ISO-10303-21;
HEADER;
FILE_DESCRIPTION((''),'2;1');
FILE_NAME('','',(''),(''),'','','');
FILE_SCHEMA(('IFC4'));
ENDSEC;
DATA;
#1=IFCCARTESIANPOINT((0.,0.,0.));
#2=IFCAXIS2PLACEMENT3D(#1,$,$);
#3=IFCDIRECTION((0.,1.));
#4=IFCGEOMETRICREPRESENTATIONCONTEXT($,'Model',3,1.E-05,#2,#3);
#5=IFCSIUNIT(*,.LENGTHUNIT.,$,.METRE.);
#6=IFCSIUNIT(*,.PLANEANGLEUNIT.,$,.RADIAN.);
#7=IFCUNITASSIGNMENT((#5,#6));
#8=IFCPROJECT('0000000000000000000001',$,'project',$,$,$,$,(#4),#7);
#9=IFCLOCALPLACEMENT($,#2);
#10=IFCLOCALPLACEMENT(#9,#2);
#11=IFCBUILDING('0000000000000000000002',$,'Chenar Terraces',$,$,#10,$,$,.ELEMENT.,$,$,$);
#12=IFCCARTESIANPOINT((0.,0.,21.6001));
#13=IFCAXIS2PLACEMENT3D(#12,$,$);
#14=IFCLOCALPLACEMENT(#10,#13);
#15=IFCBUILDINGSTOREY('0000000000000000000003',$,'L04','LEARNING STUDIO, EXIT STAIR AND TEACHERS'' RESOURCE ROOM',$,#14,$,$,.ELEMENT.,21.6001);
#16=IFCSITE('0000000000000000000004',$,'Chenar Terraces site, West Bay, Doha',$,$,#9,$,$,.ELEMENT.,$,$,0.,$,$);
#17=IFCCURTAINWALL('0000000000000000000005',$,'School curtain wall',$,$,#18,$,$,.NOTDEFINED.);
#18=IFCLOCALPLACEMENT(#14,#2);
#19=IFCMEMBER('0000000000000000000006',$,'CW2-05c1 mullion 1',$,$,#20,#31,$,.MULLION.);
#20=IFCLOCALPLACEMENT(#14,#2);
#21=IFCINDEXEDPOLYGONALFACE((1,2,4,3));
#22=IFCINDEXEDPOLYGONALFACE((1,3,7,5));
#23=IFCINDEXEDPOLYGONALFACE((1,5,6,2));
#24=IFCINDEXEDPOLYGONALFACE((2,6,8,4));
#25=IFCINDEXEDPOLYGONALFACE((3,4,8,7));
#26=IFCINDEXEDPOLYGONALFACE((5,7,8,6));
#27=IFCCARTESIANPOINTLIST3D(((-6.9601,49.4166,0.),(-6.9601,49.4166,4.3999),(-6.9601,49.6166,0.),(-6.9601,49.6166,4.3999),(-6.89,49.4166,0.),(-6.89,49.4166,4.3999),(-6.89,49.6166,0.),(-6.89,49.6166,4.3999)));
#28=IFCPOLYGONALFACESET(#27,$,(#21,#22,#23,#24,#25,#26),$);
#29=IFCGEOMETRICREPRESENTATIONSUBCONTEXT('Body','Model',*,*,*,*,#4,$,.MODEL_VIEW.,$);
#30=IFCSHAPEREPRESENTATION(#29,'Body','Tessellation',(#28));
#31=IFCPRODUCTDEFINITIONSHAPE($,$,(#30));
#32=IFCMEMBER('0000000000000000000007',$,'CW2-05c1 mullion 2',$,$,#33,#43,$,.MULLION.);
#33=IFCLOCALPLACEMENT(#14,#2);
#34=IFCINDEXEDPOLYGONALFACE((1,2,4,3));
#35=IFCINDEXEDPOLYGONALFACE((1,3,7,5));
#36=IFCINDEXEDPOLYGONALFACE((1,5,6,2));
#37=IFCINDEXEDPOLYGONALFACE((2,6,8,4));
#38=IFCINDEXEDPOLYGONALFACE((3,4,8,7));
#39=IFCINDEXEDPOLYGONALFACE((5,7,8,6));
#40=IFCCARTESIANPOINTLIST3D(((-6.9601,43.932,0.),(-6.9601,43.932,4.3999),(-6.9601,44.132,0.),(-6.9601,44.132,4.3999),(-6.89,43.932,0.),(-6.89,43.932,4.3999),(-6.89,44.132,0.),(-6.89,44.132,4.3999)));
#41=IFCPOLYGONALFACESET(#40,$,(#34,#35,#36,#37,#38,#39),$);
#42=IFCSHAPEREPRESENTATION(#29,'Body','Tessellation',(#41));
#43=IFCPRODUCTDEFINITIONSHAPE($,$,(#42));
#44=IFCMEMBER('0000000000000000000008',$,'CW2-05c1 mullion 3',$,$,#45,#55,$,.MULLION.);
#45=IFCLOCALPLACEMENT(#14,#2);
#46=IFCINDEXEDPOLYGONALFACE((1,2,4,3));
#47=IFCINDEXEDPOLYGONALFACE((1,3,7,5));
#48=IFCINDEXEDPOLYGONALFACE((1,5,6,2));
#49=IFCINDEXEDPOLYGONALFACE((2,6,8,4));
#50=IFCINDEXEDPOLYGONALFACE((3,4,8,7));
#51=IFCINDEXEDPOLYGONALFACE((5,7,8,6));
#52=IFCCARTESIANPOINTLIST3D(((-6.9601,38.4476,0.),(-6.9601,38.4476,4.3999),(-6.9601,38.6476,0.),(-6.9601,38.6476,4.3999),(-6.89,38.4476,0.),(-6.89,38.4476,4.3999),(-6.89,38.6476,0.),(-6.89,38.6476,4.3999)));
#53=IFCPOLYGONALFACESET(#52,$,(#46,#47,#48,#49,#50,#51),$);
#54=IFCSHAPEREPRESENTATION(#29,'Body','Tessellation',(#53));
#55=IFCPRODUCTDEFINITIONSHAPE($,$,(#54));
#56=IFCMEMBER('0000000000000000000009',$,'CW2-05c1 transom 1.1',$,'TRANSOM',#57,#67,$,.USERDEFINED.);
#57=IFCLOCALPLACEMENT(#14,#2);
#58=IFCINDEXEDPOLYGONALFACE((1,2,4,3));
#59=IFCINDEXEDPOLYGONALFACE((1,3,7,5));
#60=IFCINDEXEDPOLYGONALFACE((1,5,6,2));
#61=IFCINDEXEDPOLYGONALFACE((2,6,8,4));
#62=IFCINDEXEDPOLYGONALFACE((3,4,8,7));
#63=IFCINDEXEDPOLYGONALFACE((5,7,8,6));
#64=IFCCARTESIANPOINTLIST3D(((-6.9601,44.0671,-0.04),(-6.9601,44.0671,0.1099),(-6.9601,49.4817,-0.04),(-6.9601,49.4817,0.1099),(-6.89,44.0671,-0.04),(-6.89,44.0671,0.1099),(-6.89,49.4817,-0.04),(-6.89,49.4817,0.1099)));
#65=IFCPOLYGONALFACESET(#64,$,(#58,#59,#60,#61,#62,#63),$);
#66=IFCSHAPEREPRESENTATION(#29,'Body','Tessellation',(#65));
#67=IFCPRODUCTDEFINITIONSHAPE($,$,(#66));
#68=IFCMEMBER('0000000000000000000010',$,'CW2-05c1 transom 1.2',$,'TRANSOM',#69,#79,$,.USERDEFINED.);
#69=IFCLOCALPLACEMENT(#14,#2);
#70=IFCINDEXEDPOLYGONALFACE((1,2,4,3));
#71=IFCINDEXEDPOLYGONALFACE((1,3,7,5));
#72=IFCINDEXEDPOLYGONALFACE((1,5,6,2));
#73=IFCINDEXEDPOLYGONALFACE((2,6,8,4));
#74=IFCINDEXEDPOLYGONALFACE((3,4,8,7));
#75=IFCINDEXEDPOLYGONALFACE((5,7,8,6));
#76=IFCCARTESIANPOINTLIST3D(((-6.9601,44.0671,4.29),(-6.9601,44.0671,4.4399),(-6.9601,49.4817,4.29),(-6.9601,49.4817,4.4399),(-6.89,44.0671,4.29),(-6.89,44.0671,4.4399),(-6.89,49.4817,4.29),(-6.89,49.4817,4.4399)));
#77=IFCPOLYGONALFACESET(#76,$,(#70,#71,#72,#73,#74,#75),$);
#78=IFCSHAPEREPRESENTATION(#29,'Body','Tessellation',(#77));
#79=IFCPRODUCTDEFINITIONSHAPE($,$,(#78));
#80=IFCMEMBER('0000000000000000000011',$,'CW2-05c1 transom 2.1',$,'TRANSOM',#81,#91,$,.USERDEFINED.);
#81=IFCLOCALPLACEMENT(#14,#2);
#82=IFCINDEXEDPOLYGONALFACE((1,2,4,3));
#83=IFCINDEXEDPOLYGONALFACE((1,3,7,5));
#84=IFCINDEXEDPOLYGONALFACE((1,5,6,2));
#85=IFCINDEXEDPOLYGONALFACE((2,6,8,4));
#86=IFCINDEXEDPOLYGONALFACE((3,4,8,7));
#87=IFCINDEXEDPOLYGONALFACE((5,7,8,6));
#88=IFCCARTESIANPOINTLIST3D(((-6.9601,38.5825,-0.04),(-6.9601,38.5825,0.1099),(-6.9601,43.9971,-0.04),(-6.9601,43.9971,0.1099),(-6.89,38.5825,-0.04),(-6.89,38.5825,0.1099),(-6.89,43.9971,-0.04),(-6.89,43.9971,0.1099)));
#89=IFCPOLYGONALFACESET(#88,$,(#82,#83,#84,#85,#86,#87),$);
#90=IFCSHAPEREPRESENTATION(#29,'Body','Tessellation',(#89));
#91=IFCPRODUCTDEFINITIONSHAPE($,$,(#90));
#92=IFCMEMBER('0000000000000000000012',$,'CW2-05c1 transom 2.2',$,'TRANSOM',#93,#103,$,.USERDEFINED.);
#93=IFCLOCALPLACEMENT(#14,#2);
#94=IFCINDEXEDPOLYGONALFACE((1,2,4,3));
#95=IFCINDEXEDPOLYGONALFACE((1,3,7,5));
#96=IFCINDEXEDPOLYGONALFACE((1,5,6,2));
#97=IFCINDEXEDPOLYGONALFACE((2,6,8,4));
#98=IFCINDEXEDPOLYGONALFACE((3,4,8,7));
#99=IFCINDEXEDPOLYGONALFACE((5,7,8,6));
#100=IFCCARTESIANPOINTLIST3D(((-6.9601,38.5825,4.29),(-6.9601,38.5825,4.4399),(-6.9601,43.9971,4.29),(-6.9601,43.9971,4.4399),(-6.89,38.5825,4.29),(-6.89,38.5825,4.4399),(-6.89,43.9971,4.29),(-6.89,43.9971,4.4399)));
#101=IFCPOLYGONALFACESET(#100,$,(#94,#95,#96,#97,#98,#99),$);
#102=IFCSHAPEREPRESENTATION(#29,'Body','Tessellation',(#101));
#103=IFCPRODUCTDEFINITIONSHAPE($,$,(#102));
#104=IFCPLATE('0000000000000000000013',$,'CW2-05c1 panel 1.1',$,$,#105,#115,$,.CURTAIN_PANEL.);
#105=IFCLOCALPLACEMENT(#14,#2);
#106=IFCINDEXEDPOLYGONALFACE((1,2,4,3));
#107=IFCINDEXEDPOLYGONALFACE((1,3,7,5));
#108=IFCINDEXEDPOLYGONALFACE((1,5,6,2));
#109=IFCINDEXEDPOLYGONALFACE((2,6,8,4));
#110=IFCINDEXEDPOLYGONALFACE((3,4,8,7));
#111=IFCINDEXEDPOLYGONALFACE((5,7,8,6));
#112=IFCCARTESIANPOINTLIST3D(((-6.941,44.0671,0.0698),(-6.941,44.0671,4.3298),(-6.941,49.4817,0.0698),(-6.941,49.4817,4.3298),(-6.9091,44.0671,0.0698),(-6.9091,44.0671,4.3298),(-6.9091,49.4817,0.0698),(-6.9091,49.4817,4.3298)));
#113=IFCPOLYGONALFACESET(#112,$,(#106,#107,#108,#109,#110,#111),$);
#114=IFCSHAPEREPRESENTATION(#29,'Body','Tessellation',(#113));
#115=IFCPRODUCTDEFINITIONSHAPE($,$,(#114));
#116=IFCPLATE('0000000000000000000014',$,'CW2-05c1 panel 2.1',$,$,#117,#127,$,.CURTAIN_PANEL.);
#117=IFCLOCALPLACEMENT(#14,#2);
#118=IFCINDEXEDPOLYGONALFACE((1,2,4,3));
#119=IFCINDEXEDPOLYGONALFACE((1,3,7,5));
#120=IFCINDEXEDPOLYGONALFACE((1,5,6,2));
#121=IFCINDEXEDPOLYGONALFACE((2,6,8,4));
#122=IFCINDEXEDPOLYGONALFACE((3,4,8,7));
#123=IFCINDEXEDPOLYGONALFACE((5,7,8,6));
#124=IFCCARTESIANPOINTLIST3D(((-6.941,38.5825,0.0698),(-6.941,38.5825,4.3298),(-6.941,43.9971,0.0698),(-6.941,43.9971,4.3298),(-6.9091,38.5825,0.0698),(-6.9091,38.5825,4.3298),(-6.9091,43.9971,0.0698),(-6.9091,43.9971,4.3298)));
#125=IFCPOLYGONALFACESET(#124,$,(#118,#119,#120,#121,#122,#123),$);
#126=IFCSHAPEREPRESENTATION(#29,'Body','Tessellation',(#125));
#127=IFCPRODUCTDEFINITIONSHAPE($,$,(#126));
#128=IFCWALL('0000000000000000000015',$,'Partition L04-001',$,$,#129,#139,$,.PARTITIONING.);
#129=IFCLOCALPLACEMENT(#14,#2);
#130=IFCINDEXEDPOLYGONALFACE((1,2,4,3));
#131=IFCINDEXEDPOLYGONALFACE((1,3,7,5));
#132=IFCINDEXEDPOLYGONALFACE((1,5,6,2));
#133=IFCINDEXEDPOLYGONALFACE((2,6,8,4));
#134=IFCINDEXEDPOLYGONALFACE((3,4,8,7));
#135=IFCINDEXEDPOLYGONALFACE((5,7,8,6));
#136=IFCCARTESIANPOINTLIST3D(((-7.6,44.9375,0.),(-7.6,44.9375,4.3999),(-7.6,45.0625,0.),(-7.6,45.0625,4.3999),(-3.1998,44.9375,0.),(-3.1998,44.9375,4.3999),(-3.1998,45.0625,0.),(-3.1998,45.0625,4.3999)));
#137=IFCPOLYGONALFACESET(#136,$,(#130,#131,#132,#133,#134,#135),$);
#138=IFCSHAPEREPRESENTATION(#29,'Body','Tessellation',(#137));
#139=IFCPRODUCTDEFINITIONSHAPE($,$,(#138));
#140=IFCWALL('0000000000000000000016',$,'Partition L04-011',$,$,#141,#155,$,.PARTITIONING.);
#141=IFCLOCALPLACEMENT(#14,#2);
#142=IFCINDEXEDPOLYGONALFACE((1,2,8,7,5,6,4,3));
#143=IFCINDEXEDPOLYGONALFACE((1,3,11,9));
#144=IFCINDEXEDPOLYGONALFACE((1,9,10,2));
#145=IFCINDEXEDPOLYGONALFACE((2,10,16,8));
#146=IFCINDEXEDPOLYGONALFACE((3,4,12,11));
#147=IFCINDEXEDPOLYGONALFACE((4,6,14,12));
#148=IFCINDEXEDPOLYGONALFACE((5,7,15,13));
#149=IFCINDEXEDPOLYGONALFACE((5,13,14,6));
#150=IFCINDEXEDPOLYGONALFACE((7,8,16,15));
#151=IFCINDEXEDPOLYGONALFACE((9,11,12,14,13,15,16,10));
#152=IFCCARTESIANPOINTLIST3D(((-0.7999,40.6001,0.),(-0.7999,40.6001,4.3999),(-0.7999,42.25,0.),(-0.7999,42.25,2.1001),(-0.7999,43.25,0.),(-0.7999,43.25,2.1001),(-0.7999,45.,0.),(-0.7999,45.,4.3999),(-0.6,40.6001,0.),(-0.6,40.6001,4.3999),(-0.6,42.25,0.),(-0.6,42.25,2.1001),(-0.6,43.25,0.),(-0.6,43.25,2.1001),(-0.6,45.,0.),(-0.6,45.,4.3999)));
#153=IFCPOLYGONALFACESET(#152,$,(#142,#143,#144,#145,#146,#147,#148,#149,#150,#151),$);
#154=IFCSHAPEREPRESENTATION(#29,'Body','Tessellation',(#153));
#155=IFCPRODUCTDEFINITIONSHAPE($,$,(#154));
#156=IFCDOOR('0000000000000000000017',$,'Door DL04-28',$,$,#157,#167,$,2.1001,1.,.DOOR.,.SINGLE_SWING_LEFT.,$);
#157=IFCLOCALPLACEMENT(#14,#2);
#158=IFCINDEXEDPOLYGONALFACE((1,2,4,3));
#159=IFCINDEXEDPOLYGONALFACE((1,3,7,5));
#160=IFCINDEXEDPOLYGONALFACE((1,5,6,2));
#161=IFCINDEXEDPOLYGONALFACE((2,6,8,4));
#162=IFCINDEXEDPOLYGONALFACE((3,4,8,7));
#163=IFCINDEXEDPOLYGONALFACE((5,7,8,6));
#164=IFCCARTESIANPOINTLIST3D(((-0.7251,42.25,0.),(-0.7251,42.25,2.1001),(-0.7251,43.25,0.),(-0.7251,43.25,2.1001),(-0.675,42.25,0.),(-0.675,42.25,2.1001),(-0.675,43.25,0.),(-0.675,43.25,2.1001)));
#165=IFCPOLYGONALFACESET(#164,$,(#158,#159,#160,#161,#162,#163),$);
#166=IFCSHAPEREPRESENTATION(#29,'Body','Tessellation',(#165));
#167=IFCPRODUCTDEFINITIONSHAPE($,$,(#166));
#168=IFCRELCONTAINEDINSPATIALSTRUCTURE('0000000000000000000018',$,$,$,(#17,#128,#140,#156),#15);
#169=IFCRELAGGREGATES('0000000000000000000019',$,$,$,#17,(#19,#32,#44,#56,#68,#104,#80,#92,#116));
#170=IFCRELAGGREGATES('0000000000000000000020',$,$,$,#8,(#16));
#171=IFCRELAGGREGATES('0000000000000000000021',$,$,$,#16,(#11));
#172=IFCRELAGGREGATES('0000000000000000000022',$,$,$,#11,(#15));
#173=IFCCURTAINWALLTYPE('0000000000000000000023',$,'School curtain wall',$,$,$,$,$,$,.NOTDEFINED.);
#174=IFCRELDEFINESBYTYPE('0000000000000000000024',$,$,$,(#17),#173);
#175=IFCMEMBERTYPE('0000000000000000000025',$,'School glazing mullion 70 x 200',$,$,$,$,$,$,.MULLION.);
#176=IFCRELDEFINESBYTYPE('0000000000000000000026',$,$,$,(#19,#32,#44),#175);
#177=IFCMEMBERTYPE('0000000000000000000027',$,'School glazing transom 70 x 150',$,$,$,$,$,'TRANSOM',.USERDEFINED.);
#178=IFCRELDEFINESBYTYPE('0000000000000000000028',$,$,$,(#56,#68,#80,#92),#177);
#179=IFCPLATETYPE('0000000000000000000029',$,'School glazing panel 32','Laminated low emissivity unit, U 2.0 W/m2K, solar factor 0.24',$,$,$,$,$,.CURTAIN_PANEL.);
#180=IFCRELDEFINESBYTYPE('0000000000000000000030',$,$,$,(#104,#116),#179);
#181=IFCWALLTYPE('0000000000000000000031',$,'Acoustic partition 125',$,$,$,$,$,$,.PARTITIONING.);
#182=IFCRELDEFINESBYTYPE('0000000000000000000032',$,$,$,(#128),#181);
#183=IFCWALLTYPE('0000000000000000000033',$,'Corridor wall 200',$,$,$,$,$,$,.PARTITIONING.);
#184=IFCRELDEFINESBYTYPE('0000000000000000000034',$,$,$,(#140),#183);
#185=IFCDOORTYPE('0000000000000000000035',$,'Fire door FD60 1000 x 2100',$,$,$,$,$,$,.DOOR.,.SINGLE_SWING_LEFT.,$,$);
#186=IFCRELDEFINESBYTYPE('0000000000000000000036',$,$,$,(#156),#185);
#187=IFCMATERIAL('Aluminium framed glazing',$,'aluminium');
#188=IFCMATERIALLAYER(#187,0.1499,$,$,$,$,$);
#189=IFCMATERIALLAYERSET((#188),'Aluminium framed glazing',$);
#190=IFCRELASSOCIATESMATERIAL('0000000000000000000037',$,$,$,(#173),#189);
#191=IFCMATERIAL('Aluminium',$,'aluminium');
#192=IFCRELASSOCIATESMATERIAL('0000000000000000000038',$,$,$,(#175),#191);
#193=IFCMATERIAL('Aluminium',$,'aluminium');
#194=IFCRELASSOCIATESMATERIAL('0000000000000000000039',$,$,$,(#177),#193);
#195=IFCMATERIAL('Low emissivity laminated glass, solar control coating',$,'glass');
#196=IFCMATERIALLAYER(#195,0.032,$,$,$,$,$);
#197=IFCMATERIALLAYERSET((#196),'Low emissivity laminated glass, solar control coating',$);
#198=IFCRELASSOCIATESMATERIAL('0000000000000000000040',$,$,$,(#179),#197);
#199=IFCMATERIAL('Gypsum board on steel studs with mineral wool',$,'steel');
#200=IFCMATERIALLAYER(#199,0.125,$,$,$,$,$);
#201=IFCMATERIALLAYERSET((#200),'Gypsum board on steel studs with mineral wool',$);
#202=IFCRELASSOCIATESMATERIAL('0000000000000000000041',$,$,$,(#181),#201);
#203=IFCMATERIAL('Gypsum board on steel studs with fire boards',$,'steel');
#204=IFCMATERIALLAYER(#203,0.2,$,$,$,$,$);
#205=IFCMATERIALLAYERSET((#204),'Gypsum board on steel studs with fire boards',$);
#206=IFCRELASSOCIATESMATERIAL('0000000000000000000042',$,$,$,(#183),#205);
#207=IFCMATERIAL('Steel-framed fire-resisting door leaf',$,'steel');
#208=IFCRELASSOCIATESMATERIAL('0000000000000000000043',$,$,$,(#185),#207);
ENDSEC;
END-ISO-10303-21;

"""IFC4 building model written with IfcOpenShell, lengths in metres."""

from ifc_helpers import new_model, si_unit, direction, frame, frame_2d, origin, origin_2d, place, context, subcontext, project, spatial, rectangle, extrude, material, layer, layer_set, material_profile, profile_set, type_object, element, fill, aggregate, save


model = new_model("IFC4")

# Units and contexts
model_context = context("Model", 3, precision=1e-05, world=origin(), true_north=direction((0.0, 1.0)))
body_context = subcontext(model_context, "Body", "Model", "MODEL_VIEW")
ifc_project = project(units=[si_unit("LENGTHUNIT", "METRE"), si_unit("PLANEANGLEUNIT", "RADIAN")], contexts=[model_context])

# Site, building, storey
site_placement = place(None, origin())
site = spatial("IfcSite", under=ifc_project, at=site_placement, Name="Chenar Terraces site, West Bay, Doha", CompositionType="ELEMENT", RefElevation=0.0)
building_placement = place(site_placement, origin())
building = spatial("IfcBuilding", under=site, at=building_placement, Name="Chenar Terraces", CompositionType="ELEMENT")
storey_placement = place(building_placement, frame((0.0, 0.0, 21.6001)))
storey = spatial("IfcBuildingStorey", under=building, at=storey_placement, Name="L04", Description="LEARNING STUDIO, EXIT STAIR AND TEACHERS' RESOURCE ROOM", CompositionType="ELEMENT", Elevation=21.6001)

# Curtain wall, members, plates
ifc_material_1 = material(Name="Aluminium framed glazing", Category="aluminium")
ifc_layer_1 = layer(ifc_material_1, 0.1499)
ifc_layer_set_1 = layer_set([ifc_layer_1], Name="Aluminium framed glazing")
curtain_wall_type = type_object("IfcCurtainWallType", Name="School curtain wall", PredefinedType="NOTDEFINED", material=ifc_layer_set_1)
curtain_wall_placement = place(storey_placement, origin())
curtain_wall = element("IfcCurtainWall", 1, at=curtain_wall_placement, inside=storey, type_object=curtain_wall_type, Name="School curtain wall", PredefinedType="NOTDEFINED")
ifc_material_2 = material(Name="Aluminium", Category="aluminium")
ifc_material_profile_1 = material_profile(ifc_material_2, rectangle(XDim=0.0701, YDim=0.2, at=origin_2d()), Name="School glazing mullion 70 x 200")
ifc_profile_set_1 = profile_set([ifc_material_profile_1], Name="Aluminium")
member_type_1 = type_object("IfcMemberType", Name="School glazing mullion 70 x 200", PredefinedType="MULLION", material=ifc_profile_set_1)
member_1_placement = place(storey_placement, frame((-6.925, 49.5166, 0.0), z_axis=(0.0, 0.0, 1.0), x_axis=(1.0, 0.0, 0.0)))
member_1 = element("IfcMember", 2, at=member_1_placement, type_object=member_type_1, Name="CW2-05c1 mullion 1", PredefinedType="MULLION", context=body_context, shape_type="SweptSolid", body=[
    extrude(rectangle(XDim=0.0701, YDim=0.2, at=origin_2d()), origin(), (0.0, 0.0, 1.0), 4.3999),
])
member_2_placement = place(storey_placement, frame((-6.925, 44.032, 0.0), z_axis=(0.0, 0.0, 1.0), x_axis=(1.0, 0.0, 0.0)))
member_2 = element("IfcMember", 3, at=member_2_placement, type_object=member_type_1, Name="CW2-05c1 mullion 2", PredefinedType="MULLION", context=body_context, shape_type="SweptSolid", body=[
    extrude(rectangle(XDim=0.0701, YDim=0.2, at=origin_2d()), origin(), (0.0, 0.0, 1.0), 4.3999),
])
member_3_placement = place(storey_placement, frame((-6.925, 38.5476, 0.0), z_axis=(0.0, 0.0, 1.0), x_axis=(1.0, 0.0, 0.0)))
member_3 = element("IfcMember", 4, at=member_3_placement, type_object=member_type_1, Name="CW2-05c1 mullion 3", PredefinedType="MULLION", context=body_context, shape_type="SweptSolid", body=[
    extrude(rectangle(XDim=0.0701, YDim=0.2, at=origin_2d()), origin(), (0.0, 0.0, 1.0), 4.3999),
])
ifc_material_3 = material(Name="Aluminium", Category="aluminium")
ifc_material_profile_2 = material_profile(ifc_material_3, rectangle(XDim=0.0701, YDim=0.1499, at=origin_2d()), Name="School glazing transom 70 x 150")
ifc_profile_set_2 = profile_set([ifc_material_profile_2], Name="Aluminium")
member_type_2 = type_object("IfcMemberType", Name="School glazing transom 70 x 150", ElementType="TRANSOM", PredefinedType="USERDEFINED", material=ifc_profile_set_2)
member_4_placement = place(storey_placement, frame((-6.925, 49.4817, 0.0349), z_axis=(0.0, -1.0, 0.0), x_axis=(1.0, 0.0, 0.0)))
member_4 = element("IfcMember", 5, at=member_4_placement, type_object=member_type_2, Name="CW2-05c1 transom 1.1", ObjectType="TRANSOM", PredefinedType="USERDEFINED", context=body_context, shape_type="SweptSolid", body=[
    extrude(rectangle(XDim=0.0701, YDim=0.1499, at=origin_2d()), origin(), (0.0, 0.0, 1.0), 5.4146),
])
member_5_placement = place(storey_placement, frame((-6.925, 49.4817, 4.365), z_axis=(0.0, -1.0, 0.0), x_axis=(1.0, 0.0, 0.0)))
member_5 = element("IfcMember", 6, at=member_5_placement, type_object=member_type_2, Name="CW2-05c1 transom 1.2", ObjectType="TRANSOM", PredefinedType="USERDEFINED", context=body_context, shape_type="SweptSolid", body=[
    extrude(rectangle(XDim=0.0701, YDim=0.1499, at=origin_2d()), origin(), (0.0, 0.0, 1.0), 5.4146),
])
member_6_placement = place(storey_placement, frame((-6.925, 43.9971, 0.0349), z_axis=(0.0, -1.0, 0.0), x_axis=(1.0, 0.0, 0.0)))
member_6 = element("IfcMember", 7, at=member_6_placement, type_object=member_type_2, Name="CW2-05c1 transom 2.1", ObjectType="TRANSOM", PredefinedType="USERDEFINED", context=body_context, shape_type="SweptSolid", body=[
    extrude(rectangle(XDim=0.0701, YDim=0.1499, at=origin_2d()), origin(), (0.0, 0.0, 1.0), 5.4146),
])
member_7_placement = place(storey_placement, frame((-6.925, 43.9971, 4.365), z_axis=(0.0, -1.0, 0.0), x_axis=(1.0, 0.0, 0.0)))
member_7 = element("IfcMember", 8, at=member_7_placement, type_object=member_type_2, Name="CW2-05c1 transom 2.2", ObjectType="TRANSOM", PredefinedType="USERDEFINED", context=body_context, shape_type="SweptSolid", body=[
    extrude(rectangle(XDim=0.0701, YDim=0.1499, at=origin_2d()), origin(), (0.0, 0.0, 1.0), 5.4146),
])
ifc_material_4 = material(Name="Low emissivity laminated glass, solar control coating", Category="glass")
ifc_layer_2 = layer(ifc_material_4, 0.032)
ifc_layer_set_2 = layer_set([ifc_layer_2], Name="Low emissivity laminated glass, solar control coating")
plate_type = type_object("IfcPlateType", Name="School glazing panel 32", Description="Laminated low emissivity unit, U 2.0 W/m2K, solar factor 0.24", PredefinedType="CURTAIN_PANEL", material=ifc_layer_set_2)
plate_1_placement = place(storey_placement, frame((-6.925, 46.7744, 0.0698), z_axis=(0.0, 0.0, 1.0), x_axis=(0.0, -1.0, 0.0)))
plate_1 = element("IfcPlate", 9, at=plate_1_placement, type_object=plate_type, Name="CW2-05c1 panel 1.1", PredefinedType="CURTAIN_PANEL", context=body_context, shape_type="SweptSolid", body=[
    extrude(rectangle(XDim=5.4146, YDim=0.032, at=origin_2d()), origin(), (0.0, 0.0, 1.0), 4.26),
])
plate_2_placement = place(storey_placement, frame((-6.925, 41.2898, 0.0698), z_axis=(0.0, 0.0, 1.0), x_axis=(0.0, -1.0, 0.0)))
plate_2 = element("IfcPlate", 10, at=plate_2_placement, type_object=plate_type, Name="CW2-05c1 panel 2.1", PredefinedType="CURTAIN_PANEL", context=body_context, shape_type="SweptSolid", body=[
    extrude(rectangle(XDim=5.4146, YDim=0.032, at=origin_2d()), origin(), (0.0, 0.0, 1.0), 4.26),
])
aggregate(curtain_wall, [member_1, member_2, member_3, member_4, member_5, plate_1, member_6, member_7, plate_2])

# Wall
ifc_material_5 = material(Name="Gypsum board on steel studs with mineral wool", Category="steel")
ifc_layer_3 = layer(ifc_material_5, 0.125)
ifc_layer_set_3 = layer_set([ifc_layer_3], Name="Gypsum board on steel studs with mineral wool")
wall_type_1 = type_object("IfcWallType", Name="Acoustic partition 125", PredefinedType="PARTITIONING", material=ifc_layer_set_3)
wall_1_placement = place(storey_placement, frame((-7.6001, 45.0, 0.0), z_axis=(0.0, 0.0, 1.0), x_axis=(1.0, 0.0, 0.0)))
element("IfcWall", 11, at=wall_1_placement, inside=storey, type_object=wall_type_1, Name="Partition L04-001", PredefinedType="PARTITIONING", context=body_context, shape_type="SweptSolid", body=[
    extrude(rectangle(XDim=4.4001, YDim=0.125, at=frame_2d((2.2002, 0.0))), origin(), (0.0, 0.0, 1.0), 4.3999),
])

# Wall, opening, door
ifc_material_6 = material(Name="Gypsum board on steel studs with fire boards", Category="steel")
ifc_layer_4 = layer(ifc_material_6, 0.2)
ifc_layer_set_4 = layer_set([ifc_layer_4], Name="Gypsum board on steel studs with fire boards")
wall_type_2 = type_object("IfcWallType", Name="Corridor wall 200", PredefinedType="PARTITIONING", material=ifc_layer_set_4)
wall_2_placement = place(storey_placement, frame((-0.7, 40.6001, 0.0), z_axis=(0.0, 0.0, 1.0), x_axis=(0.0, 1.0, 0.0)))
wall_2 = element("IfcWall", 12, at=wall_2_placement, inside=storey, type_object=wall_type_2, Name="Partition L04-011", PredefinedType="PARTITIONING", context=body_context, shape_type="SweptSolid", body=[
    extrude(rectangle(XDim=4.3999, YDim=0.2, at=frame_2d((2.2, 0.0))), origin(), (0.0, 0.0, 1.0), 4.3999),
])
opening_1_placement = place(wall_2_placement, frame((1.6499, 0.0, 0.0)))
opening_1 = element("IfcOpeningElement", 13, at=opening_1_placement, cuts=wall_2, PredefinedType="OPENING", context=body_context, shape_type="SweptSolid", body=[
    extrude(rectangle(XDim=1.0, YDim=2.1001, at=frame_2d((0.5, 1.05))), frame((0.0, 0.1099, 0.0), z_axis=(0.0, -1.0, 0.0), x_axis=(1.0, 0.0, 0.0)), (0.0, 0.0, 1.0), 0.22),
])
ifc_material_7 = material(Name="Steel-framed fire-resisting door leaf", Category="steel")
door_type_1 = type_object("IfcDoorType", Name="Fire door FD60 1000 x 2100", OperationType="SINGLE_SWING_LEFT", PredefinedType="DOOR", material=ifc_material_7)
door_1_placement = place(opening_1_placement, frame((1.0, 0.0, 0.0), z_axis=(0.0, 0.0, 1.0), x_axis=(-1.0, 0.0, 0.0)))
door_1 = element("IfcDoor", 14, at=door_1_placement, inside=storey, type_object=door_type_1, Name="Door DL04-28", OperationType="SINGLE_SWING_LEFT", OverallHeight=2.1001, OverallWidth=1.0, PredefinedType="DOOR", context=body_context, shape_type="SweptSolid", body=[
    extrude(rectangle(XDim=1.0, YDim=2.1001, at=frame_2d((0.5, 1.05))), frame((0.0, 0.0249, 0.0), z_axis=(0.0, -1.0, 0.0), x_axis=(1.0, 0.0, 0.0)), (0.0, 0.0, 1.0), 0.05),
])
fill(opening_1, door_1)

save(model, "model.ifc")
